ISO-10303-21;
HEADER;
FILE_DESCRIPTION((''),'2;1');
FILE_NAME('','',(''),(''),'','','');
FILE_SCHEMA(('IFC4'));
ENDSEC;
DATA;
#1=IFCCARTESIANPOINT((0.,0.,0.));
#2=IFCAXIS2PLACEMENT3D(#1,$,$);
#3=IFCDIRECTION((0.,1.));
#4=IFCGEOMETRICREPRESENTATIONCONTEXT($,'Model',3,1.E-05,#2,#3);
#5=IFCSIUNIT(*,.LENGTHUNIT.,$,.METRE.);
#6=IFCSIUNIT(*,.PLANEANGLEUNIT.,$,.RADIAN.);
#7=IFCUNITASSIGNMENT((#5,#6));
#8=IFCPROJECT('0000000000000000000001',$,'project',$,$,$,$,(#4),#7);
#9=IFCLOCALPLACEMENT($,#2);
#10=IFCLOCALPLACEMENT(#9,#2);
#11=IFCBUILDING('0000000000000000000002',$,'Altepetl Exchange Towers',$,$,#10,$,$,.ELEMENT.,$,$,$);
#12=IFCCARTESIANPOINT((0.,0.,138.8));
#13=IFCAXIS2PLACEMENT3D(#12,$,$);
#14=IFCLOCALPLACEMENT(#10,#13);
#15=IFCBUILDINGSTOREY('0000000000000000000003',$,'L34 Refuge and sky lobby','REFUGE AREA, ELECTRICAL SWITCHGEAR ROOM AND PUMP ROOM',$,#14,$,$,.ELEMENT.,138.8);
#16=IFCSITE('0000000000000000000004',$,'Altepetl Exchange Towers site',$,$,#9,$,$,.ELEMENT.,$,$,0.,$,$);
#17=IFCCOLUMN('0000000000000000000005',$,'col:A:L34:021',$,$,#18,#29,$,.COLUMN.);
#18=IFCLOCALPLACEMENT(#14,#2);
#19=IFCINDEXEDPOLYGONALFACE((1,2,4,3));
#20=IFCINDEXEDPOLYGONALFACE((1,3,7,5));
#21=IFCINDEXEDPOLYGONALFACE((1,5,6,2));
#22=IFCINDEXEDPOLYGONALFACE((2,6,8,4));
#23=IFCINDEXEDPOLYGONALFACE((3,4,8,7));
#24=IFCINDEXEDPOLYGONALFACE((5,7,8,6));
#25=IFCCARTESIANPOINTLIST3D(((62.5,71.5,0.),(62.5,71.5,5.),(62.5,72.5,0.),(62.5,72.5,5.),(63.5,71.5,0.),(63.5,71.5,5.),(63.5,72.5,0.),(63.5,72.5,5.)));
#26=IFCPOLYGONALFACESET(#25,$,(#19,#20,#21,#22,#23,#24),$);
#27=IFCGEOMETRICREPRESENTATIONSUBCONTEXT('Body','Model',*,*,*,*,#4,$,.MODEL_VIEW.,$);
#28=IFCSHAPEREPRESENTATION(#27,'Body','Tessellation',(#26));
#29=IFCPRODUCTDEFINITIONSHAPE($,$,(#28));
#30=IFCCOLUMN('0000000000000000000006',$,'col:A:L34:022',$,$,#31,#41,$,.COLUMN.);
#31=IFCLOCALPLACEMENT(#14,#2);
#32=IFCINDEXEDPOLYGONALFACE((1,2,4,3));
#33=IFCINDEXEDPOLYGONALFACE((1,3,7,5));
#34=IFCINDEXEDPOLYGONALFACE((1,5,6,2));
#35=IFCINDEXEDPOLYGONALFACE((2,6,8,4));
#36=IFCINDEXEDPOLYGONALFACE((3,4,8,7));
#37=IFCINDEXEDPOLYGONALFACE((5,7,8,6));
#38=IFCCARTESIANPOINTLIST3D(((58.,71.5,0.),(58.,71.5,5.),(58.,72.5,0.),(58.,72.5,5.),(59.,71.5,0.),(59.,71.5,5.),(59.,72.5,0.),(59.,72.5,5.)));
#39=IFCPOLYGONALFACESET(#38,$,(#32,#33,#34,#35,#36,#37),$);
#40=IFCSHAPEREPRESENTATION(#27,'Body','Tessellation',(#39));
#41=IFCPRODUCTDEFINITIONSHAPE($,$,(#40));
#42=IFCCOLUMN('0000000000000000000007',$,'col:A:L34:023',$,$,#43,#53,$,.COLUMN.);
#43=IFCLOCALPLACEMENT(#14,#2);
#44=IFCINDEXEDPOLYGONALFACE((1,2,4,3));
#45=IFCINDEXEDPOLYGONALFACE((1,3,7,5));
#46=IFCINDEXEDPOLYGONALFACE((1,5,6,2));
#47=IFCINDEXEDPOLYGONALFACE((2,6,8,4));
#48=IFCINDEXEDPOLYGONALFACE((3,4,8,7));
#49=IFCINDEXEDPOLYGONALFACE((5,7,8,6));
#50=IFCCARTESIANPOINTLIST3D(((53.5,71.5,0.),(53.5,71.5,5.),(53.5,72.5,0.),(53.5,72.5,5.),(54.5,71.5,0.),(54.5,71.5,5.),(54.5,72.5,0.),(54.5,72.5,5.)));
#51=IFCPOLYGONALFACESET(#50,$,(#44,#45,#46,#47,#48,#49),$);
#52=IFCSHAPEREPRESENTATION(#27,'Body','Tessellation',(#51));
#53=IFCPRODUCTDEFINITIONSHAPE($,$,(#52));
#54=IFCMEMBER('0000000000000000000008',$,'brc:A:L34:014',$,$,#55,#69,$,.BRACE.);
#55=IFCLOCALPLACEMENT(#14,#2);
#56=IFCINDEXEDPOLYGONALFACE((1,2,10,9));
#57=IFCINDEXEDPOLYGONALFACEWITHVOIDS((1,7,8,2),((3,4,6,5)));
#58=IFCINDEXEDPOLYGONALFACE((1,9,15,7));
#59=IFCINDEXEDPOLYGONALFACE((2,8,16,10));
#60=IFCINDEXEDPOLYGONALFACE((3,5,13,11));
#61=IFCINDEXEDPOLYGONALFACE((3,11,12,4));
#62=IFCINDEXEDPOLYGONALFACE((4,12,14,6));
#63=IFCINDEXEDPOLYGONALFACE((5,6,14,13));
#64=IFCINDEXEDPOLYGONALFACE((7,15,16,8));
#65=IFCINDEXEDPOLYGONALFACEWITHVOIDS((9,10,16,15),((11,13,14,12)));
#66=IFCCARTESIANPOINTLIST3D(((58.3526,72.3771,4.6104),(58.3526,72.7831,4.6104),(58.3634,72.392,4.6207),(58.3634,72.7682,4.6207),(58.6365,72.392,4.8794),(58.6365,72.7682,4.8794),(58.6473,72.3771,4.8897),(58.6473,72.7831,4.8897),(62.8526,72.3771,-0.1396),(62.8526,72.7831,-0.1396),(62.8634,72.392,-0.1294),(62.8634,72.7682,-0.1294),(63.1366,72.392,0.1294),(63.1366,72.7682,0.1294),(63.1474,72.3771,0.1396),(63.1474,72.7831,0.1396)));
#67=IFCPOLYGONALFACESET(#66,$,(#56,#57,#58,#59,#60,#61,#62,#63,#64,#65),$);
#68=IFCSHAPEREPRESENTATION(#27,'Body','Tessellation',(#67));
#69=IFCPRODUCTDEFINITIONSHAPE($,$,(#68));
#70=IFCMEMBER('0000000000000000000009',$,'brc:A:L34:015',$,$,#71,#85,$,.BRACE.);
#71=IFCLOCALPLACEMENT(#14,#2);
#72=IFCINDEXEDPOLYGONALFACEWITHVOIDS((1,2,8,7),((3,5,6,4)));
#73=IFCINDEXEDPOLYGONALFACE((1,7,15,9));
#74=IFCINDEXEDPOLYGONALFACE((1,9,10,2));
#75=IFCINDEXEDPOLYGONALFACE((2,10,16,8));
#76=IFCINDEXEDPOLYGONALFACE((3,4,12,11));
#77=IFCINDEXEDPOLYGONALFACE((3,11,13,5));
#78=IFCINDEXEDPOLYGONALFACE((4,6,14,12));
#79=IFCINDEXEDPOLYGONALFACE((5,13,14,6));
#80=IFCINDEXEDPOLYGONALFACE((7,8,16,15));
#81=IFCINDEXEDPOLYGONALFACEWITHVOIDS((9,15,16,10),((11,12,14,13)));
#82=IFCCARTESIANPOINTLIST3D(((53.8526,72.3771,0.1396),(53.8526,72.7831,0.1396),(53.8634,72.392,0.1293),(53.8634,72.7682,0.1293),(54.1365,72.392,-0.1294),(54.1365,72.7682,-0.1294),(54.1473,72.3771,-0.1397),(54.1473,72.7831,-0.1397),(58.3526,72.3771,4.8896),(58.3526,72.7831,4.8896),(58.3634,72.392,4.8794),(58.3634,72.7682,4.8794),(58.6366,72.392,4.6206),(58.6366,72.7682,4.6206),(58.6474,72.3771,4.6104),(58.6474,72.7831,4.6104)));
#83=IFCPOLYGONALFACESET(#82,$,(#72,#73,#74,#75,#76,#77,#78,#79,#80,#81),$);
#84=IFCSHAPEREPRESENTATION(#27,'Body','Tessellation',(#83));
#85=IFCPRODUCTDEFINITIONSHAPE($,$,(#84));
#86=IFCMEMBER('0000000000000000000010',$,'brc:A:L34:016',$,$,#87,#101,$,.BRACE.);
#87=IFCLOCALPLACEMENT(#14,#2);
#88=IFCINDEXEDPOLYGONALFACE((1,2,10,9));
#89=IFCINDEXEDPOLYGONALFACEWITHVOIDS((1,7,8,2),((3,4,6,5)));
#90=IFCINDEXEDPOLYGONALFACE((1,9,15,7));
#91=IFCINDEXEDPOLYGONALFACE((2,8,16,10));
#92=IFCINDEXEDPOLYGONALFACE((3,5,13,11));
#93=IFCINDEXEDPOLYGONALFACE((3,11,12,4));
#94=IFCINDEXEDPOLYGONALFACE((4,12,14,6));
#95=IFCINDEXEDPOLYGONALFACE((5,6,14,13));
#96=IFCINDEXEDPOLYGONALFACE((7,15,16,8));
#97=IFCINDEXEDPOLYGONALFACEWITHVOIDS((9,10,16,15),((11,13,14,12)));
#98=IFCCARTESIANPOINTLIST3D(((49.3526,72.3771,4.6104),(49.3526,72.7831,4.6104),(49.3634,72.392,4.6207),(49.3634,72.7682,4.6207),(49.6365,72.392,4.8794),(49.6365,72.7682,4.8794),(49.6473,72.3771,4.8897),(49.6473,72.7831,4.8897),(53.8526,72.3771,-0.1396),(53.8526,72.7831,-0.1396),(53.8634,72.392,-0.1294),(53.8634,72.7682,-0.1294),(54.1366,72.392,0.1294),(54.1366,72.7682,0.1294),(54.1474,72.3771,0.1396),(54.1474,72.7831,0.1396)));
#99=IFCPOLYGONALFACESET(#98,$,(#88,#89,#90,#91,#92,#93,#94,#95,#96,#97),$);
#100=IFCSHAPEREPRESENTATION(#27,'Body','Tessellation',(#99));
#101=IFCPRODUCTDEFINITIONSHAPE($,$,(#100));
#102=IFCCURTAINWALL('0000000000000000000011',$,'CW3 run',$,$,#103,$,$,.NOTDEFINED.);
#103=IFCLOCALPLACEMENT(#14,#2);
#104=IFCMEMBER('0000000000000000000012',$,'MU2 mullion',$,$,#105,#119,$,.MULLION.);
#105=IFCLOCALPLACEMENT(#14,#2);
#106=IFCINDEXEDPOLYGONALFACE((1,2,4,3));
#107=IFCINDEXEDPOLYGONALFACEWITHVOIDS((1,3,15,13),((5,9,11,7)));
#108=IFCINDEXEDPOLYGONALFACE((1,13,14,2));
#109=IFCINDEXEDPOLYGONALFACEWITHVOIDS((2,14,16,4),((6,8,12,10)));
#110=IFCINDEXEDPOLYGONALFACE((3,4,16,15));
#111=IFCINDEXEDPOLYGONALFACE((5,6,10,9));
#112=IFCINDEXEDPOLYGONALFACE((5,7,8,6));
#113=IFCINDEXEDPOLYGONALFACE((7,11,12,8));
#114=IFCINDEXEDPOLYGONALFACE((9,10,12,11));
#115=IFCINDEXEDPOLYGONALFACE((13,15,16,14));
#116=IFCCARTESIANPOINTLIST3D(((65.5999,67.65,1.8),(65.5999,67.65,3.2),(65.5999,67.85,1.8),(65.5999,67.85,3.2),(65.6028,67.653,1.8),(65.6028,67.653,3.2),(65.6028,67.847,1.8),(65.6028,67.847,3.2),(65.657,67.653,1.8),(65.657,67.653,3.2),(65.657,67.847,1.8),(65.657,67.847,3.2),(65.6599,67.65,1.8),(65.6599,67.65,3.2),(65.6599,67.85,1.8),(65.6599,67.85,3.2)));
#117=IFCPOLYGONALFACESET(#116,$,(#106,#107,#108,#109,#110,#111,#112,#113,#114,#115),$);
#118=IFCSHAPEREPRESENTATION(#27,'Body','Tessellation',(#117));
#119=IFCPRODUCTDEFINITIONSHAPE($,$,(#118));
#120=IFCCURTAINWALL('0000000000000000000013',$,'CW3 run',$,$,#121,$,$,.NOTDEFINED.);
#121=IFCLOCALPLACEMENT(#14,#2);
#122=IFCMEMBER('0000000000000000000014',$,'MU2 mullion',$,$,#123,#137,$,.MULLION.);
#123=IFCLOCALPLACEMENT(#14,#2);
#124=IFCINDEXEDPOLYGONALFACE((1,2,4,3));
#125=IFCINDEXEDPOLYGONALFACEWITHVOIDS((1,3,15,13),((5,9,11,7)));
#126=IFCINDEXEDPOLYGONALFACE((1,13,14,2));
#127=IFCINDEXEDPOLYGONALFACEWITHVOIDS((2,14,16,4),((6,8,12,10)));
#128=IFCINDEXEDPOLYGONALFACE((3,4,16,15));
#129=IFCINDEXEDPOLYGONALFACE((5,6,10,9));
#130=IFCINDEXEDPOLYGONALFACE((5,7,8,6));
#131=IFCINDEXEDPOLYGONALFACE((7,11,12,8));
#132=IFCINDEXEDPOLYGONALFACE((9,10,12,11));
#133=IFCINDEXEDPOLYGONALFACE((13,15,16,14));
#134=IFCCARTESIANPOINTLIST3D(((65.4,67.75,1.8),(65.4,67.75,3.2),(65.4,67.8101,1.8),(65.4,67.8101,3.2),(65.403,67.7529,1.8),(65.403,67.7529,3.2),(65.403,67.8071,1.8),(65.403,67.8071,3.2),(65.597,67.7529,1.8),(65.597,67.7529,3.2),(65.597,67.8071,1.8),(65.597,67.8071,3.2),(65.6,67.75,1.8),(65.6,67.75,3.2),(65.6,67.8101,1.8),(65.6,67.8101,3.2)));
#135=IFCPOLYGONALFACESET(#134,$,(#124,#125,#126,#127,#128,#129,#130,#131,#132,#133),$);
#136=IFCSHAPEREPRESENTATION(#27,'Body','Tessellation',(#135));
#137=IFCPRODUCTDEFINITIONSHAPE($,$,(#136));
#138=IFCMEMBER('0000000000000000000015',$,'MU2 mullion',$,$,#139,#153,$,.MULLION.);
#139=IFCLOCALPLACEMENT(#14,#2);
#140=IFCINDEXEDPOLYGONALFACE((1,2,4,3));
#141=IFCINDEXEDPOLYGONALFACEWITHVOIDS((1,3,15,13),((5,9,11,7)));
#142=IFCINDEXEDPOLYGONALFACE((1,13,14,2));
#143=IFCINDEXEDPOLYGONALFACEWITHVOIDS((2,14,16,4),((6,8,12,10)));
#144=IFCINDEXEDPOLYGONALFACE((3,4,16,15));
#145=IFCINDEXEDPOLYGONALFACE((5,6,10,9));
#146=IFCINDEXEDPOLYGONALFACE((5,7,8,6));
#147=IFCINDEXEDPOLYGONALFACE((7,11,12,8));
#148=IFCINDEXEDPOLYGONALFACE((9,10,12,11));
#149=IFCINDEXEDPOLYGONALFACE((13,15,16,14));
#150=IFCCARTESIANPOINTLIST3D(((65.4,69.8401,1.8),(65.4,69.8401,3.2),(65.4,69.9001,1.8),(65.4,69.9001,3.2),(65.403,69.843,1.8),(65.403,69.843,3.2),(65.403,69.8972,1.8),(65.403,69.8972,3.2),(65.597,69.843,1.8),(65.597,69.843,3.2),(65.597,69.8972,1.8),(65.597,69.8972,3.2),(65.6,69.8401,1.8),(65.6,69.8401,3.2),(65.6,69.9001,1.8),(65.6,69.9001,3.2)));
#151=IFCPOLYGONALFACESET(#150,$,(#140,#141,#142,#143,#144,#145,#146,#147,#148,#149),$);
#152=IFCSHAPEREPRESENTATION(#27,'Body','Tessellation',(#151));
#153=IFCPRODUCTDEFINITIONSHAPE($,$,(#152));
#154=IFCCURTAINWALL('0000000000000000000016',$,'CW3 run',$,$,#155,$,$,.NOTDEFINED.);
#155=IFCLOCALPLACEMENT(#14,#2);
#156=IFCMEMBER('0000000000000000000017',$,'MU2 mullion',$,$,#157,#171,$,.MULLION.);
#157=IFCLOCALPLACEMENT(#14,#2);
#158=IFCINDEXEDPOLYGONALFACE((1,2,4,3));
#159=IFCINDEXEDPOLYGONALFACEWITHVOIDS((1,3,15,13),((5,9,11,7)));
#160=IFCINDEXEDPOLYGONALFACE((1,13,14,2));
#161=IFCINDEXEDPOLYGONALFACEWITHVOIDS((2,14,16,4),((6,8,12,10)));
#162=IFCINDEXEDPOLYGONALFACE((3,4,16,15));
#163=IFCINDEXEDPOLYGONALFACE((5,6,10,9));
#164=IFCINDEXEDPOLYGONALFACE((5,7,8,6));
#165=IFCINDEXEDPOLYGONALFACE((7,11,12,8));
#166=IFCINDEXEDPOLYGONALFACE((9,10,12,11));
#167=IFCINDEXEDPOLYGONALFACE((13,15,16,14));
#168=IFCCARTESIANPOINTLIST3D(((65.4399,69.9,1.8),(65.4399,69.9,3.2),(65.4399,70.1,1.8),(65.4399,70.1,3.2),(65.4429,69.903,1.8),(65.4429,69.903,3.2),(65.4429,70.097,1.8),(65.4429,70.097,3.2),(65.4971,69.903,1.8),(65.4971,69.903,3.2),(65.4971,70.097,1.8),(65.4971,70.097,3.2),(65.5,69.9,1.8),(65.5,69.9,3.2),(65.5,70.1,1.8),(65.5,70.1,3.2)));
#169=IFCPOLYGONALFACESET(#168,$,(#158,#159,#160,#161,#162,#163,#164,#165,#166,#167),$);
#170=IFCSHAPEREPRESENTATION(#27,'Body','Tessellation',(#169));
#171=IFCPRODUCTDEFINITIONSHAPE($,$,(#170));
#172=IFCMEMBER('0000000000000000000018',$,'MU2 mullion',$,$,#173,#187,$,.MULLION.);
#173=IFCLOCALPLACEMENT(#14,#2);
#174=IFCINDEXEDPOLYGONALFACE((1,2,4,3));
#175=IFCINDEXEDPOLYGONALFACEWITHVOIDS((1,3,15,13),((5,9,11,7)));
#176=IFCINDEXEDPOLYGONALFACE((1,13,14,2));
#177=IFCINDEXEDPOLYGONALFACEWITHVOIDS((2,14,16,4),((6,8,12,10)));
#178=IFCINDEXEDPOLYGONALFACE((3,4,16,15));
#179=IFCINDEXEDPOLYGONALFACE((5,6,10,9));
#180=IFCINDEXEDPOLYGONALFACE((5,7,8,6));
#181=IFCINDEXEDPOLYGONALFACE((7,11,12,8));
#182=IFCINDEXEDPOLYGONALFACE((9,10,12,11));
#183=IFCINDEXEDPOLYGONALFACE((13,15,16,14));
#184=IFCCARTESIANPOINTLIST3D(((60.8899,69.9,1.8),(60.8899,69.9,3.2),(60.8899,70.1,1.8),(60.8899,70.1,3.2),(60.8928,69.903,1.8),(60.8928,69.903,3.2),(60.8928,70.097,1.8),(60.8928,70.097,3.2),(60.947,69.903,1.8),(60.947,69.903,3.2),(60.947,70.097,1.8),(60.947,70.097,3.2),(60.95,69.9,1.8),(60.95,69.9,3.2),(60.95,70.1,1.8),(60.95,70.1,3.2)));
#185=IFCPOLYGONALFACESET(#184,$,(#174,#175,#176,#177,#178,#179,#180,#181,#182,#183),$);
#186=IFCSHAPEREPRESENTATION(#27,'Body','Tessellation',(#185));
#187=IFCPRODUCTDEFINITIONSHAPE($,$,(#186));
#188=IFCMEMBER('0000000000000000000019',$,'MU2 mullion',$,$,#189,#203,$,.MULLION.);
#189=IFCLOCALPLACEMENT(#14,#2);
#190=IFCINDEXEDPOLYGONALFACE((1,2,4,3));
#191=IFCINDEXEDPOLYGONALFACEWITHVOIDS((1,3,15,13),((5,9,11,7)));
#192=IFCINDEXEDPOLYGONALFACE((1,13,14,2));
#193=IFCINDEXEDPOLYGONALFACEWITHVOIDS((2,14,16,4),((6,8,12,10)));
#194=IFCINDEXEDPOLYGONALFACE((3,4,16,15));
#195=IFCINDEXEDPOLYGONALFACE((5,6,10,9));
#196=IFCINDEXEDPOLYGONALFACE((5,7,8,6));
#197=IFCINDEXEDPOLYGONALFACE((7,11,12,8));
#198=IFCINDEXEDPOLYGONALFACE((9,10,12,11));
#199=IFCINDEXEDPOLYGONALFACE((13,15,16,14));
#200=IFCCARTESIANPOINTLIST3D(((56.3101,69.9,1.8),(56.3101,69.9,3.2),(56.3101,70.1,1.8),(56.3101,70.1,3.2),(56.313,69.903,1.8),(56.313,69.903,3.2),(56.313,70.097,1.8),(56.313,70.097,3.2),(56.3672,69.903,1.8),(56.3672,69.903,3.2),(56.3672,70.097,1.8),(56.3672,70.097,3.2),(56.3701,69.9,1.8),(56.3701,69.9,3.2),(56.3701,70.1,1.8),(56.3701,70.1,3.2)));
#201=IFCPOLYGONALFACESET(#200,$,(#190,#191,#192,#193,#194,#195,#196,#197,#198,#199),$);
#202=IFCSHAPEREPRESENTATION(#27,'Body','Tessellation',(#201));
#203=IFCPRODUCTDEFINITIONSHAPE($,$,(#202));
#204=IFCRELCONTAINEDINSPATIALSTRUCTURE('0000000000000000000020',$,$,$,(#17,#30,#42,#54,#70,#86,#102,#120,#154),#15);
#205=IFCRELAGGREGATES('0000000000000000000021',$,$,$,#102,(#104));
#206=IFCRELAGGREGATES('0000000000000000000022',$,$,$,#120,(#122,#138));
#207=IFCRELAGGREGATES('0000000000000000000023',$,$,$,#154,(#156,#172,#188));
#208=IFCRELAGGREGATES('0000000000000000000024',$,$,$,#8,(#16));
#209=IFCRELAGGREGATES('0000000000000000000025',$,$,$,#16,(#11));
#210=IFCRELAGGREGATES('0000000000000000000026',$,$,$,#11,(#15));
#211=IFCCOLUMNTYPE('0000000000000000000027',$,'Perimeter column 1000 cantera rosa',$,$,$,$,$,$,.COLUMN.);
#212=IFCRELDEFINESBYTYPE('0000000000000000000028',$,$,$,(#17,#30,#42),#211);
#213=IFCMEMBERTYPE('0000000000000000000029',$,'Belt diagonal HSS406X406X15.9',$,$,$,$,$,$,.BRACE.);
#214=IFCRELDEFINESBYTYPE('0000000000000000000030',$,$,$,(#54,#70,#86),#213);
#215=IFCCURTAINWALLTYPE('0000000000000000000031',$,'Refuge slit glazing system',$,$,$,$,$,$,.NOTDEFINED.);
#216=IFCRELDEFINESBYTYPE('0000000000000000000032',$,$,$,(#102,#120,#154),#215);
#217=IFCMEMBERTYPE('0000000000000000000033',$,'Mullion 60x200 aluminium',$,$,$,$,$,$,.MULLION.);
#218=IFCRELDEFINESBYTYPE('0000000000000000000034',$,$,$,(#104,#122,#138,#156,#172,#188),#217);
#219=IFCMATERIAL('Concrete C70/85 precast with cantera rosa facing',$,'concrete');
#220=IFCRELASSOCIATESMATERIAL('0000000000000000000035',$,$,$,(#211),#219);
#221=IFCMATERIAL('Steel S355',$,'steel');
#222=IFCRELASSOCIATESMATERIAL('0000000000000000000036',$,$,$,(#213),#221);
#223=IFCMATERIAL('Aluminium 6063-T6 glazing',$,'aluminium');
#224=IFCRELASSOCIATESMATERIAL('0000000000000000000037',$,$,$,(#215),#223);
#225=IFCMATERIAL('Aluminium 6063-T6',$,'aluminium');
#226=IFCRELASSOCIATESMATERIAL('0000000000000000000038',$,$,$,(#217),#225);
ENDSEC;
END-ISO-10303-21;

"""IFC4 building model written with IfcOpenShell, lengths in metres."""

from ifc_helpers import new_model, si_unit, direction, frame, origin, origin_2d, place, context, subcontext, project, spatial, rectangle, hollow_rectangle, extrude, material, material_profile, profile_set, type_object, element, aggregate, save


model = new_model("IFC4")

# Units and contexts
model_context = context("Model", 3, precision=1e-05, world=origin(), true_north=direction((0.0, 1.0)))
body_context = subcontext(model_context, "Body", "Model", "MODEL_VIEW")
ifc_project = project(units=[si_unit("LENGTHUNIT", "METRE"), si_unit("PLANEANGLEUNIT", "RADIAN")], contexts=[model_context])

# Site, building, storey
site_placement = place(None, origin())
site = spatial("IfcSite", under=ifc_project, at=site_placement, Name="Altepetl Exchange Towers site", CompositionType="ELEMENT", RefElevation=0.0)
building_placement = place(site_placement, origin())
building = spatial("IfcBuilding", under=site, at=building_placement, Name="Altepetl Exchange Towers", CompositionType="ELEMENT")
storey_placement = place(building_placement, frame((0.0, 0.0, 138.8)))
storey = spatial("IfcBuildingStorey", under=building, at=storey_placement, Name="L34 Refuge and sky lobby", Description="REFUGE AREA, ELECTRICAL SWITCHGEAR ROOM AND PUMP ROOM", CompositionType="ELEMENT", Elevation=138.8)

# Columns
ifc_material_1 = material(Name="Concrete C70/85 precast with cantera rosa facing", Category="concrete")
ifc_material_profile_1 = material_profile(ifc_material_1, rectangle(XDim=1.0, YDim=1.0, at=origin_2d()), Name="1000 x 1000")
ifc_profile_set_1 = profile_set([ifc_material_profile_1], Name="Concrete C70/85 precast with cantera rosa facing")
column_type = type_object("IfcColumnType", Name="Perimeter column 1000 cantera rosa", PredefinedType="COLUMN", material=ifc_profile_set_1)
for number, where, name in (
    (1, (63.0, 72.0, 0.0), "col:A:L34:021"),
    (2, (58.5, 72.0, 0.0), "col:A:L34:022"),
    (3, (54.0, 72.0, 0.0), "col:A:L34:023"),
):
    element("IfcColumn", number, at=place(storey_placement, frame(where)), inside=storey, type_object=column_type, Name=name, PredefinedType="COLUMN", context=body_context, shape_type="SweptSolid", body=[
        extrude(rectangle(XDim=1.0, YDim=1.0, at=origin_2d()), origin(), (0.0, 0.0, 1.0), 5.0),
    ])

# Members
ifc_material_2 = material(Name="Steel S355", Category="steel")
ifc_material_profile_2 = material_profile(ifc_material_2, hollow_rectangle(XDim=0.406, YDim=0.406, WallThickness=0.0149, at=origin_2d()), Name="HSS406X406X15.9")
ifc_profile_set_2 = profile_set([ifc_material_profile_2], Name="Steel S355")
member_type_1 = type_object("IfcMemberType", Name="Belt diagonal HSS406X406X15.9", PredefinedType="BRACE", material=ifc_profile_set_2)
for number, where, z_axis, x_axis, name in (
    (4, (63.0, 72.5801, 0.0), (-0.687745, 0.0, 0.725953), (0.0, -1.0, 0.0), "brc:A:L34:014"),
    (5, (58.5, 72.5801, 4.75), (-0.687745, 0.0, -0.725953), (0.0, -1.0, 0.0), "brc:A:L34:015"),
    (6, (54.0, 72.5801, 0.0), (-0.687745, 0.0, 0.725953), (0.0, -1.0, 0.0), "brc:A:L34:016"),
):
    element("IfcMember", number, at=place(storey_placement, frame(where, z_axis=z_axis, x_axis=x_axis)), inside=storey, type_object=member_type_1, Name=name, PredefinedType="BRACE", context=body_context, shape_type="SweptSolid", body=[
        extrude(hollow_rectangle(XDim=0.406, YDim=0.406, WallThickness=0.0149, at=origin_2d()), origin(), (0.0, 0.0, 1.0), 6.5432),
    ])

# Curtain wall, member
ifc_material_3 = material(Name="Aluminium 6063-T6 glazing", Category="aluminium")
curtain_wall_type = type_object("IfcCurtainWallType", Name="Refuge slit glazing system", PredefinedType="NOTDEFINED", material=ifc_material_3)
curtain_wall_1_placement = place(storey_placement, origin())
curtain_wall_1 = element("IfcCurtainWall", 7, at=curtain_wall_1_placement, inside=storey, type_object=curtain_wall_type, Name="CW3 run", PredefinedType="NOTDEFINED")
ifc_material_4 = material(Name="Aluminium 6063-T6", Category="aluminium")
ifc_material_profile_3 = material_profile(ifc_material_4, hollow_rectangle(XDim=0.0601, YDim=0.2, WallThickness=0.0029, at=origin_2d()), Name="Mullion 60x200 aluminium")
ifc_profile_set_3 = profile_set([ifc_material_profile_3], Name="Aluminium 6063-T6")
member_type_2 = type_object("IfcMemberType", Name="Mullion 60x200 aluminium", PredefinedType="MULLION", material=ifc_profile_set_3)
member_1_placement = place(storey_placement, frame((65.6299, 67.75, 1.8), z_axis=(0.0, 0.0, 1.0), x_axis=(-1.0, 0.0, 0.0)))
member_1 = element("IfcMember", 8, at=member_1_placement, type_object=member_type_2, Name="MU2 mullion", PredefinedType="MULLION", context=body_context, shape_type="SweptSolid", body=[
    extrude(hollow_rectangle(XDim=0.0601, YDim=0.2, WallThickness=0.0029, at=origin_2d()), origin(), (0.0, 0.0, 1.0), 1.3999),
])

# Curtain walls, members
curtain_wall_2_placement = place(storey_placement, origin())
curtain_wall_2 = element("IfcCurtainWall", 9, at=curtain_wall_2_placement, inside=storey, type_object=curtain_wall_type, Name="CW3 run", PredefinedType="NOTDEFINED")
member_2_placement = place(storey_placement, frame((65.5, 67.78, 1.8), z_axis=(0.0, 0.0, 1.0), x_axis=(0.0, 1.0, 0.0)))
member_2 = element("IfcMember", 10, at=member_2_placement, type_object=member_type_2, Name="MU2 mullion", PredefinedType="MULLION", context=body_context, shape_type="SweptSolid", body=[
    extrude(hollow_rectangle(XDim=0.0601, YDim=0.2, WallThickness=0.0029, at=origin_2d()), origin(), (0.0, 0.0, 1.0), 1.3999),
])
member_3_placement = place(storey_placement, frame((65.5, 69.8701, 1.8), z_axis=(0.0, 0.0, 1.0), x_axis=(0.0, 1.0, 0.0)))
member_3 = element("IfcMember", 11, at=member_3_placement, type_object=member_type_2, Name="MU2 mullion", PredefinedType="MULLION", context=body_context, shape_type="SweptSolid", body=[
    extrude(hollow_rectangle(XDim=0.0601, YDim=0.2, WallThickness=0.0029, at=origin_2d()), origin(), (0.0, 0.0, 1.0), 1.3999),
])
curtain_wall_3_placement = place(storey_placement, origin())
curtain_wall_3 = element("IfcCurtainWall", 12, at=curtain_wall_3_placement, inside=storey, type_object=curtain_wall_type, Name="CW3 run", PredefinedType="NOTDEFINED")
member_4_placement = place(storey_placement, frame((65.47, 70.0, 1.8), z_axis=(0.0, 0.0, 1.0), x_axis=(-1.0, 0.0, 0.0)))
member_4 = element("IfcMember", 13, at=member_4_placement, type_object=member_type_2, Name="MU2 mullion", PredefinedType="MULLION", context=body_context, shape_type="SweptSolid", body=[
    extrude(hollow_rectangle(XDim=0.0601, YDim=0.2, WallThickness=0.0029, at=origin_2d()), origin(), (0.0, 0.0, 1.0), 1.3999),
])
member_5_placement = place(storey_placement, frame((60.9199, 70.0, 1.8), z_axis=(0.0, 0.0, 1.0), x_axis=(-1.0, 0.0, 0.0)))
member_5 = element("IfcMember", 14, at=member_5_placement, type_object=member_type_2, Name="MU2 mullion", PredefinedType="MULLION", context=body_context, shape_type="SweptSolid", body=[
    extrude(hollow_rectangle(XDim=0.0601, YDim=0.2, WallThickness=0.0029, at=origin_2d()), origin(), (0.0, 0.0, 1.0), 1.3999),
])
member_6_placement = place(storey_placement, frame((56.3401, 70.0, 1.8), z_axis=(0.0, 0.0, 1.0), x_axis=(-1.0, 0.0, 0.0)))
member_6 = element("IfcMember", 15, at=member_6_placement, type_object=member_type_2, Name="MU2 mullion", PredefinedType="MULLION", context=body_context, shape_type="SweptSolid", body=[
    extrude(hollow_rectangle(XDim=0.0601, YDim=0.2, WallThickness=0.0029, at=origin_2d()), origin(), (0.0, 0.0, 1.0), 1.3999),
])

aggregate(curtain_wall_1, [member_1])
aggregate(curtain_wall_2, [member_2, member_3])
aggregate(curtain_wall_3, [member_4, member_5, member_6])

save(model, "model.ifc")
